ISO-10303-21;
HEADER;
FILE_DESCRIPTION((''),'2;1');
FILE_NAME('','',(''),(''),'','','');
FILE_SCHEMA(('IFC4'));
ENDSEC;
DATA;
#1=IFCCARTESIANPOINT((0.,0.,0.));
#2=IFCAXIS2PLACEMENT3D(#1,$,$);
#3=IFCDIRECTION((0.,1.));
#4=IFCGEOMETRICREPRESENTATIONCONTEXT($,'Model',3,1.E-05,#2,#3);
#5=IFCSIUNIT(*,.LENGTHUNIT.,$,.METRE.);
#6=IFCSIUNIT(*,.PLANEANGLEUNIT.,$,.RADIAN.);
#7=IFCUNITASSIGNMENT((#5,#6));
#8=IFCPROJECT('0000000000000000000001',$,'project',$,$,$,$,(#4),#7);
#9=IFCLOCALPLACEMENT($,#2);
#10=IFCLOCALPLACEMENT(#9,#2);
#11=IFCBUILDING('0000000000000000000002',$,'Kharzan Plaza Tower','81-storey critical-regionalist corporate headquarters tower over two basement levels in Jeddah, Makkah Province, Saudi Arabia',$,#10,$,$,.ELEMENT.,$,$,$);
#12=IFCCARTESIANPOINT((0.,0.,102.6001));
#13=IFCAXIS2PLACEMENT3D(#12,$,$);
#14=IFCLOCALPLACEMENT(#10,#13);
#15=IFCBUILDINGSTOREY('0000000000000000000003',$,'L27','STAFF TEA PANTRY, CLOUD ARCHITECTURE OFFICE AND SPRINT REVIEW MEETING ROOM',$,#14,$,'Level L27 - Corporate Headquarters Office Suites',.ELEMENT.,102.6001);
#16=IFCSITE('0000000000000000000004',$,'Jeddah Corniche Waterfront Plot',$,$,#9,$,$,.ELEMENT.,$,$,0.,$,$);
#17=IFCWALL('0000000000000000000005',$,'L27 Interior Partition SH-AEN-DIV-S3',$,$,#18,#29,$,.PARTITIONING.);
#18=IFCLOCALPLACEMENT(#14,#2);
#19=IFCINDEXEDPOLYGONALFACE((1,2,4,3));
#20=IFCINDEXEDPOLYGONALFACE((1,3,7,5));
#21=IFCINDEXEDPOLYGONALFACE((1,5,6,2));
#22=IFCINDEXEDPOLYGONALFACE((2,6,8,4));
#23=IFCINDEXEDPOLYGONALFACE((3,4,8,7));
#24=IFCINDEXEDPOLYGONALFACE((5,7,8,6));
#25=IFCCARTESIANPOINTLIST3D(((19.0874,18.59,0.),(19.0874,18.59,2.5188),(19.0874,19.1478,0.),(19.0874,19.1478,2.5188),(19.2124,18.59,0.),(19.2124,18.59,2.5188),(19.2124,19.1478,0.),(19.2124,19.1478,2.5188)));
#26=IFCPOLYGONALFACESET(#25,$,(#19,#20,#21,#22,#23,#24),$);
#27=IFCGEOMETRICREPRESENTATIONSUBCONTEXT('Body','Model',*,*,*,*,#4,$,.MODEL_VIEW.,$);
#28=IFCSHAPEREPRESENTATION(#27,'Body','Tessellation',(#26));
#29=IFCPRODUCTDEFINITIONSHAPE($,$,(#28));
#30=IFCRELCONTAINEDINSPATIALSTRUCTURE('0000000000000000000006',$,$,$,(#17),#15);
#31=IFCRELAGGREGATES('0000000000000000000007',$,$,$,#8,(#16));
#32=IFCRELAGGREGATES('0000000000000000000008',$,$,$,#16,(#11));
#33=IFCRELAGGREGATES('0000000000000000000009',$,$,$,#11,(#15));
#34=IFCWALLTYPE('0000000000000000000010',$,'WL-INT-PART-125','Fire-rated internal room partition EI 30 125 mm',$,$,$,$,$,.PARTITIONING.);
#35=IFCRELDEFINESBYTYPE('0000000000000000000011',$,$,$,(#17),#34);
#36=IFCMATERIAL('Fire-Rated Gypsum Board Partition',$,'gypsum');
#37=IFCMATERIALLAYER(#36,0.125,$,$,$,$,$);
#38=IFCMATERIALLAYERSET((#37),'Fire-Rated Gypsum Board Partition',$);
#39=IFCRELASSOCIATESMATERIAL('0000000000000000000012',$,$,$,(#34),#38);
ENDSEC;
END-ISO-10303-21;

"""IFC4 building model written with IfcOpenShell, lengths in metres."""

from ifc_helpers import new_model, si_unit, direction, frame, frame_2d, origin, place, context, subcontext, project, spatial, rectangle, extrude, source, transform, mapped, material, layer, layer_set, type_object, element, save


model = new_model("IFC4")

# Units and contexts
model_context = context("Model", 3, precision=1e-05, world=origin(), true_north=direction((0.0, 1.0)))
body_context = subcontext(model_context, "Body", "Model", "MODEL_VIEW")
ifc_project = project(units=[si_unit("LENGTHUNIT", "METRE"), si_unit("PLANEANGLEUNIT", "RADIAN")], contexts=[model_context])

# Site, building, storey
site_placement = place(None, origin())
site = spatial("IfcSite", under=ifc_project, at=site_placement, Name="Jeddah Corniche Waterfront Plot", CompositionType="ELEMENT", RefElevation=0.0)
building_placement = place(site_placement, origin())
building = spatial("IfcBuilding", under=site, at=building_placement, Name="Kharzan Plaza Tower", Description="81-storey critical-regionalist corporate headquarters tower over two basement levels in Jeddah, Makkah Province, Saudi Arabia", CompositionType="ELEMENT")
storey_placement = place(building_placement, frame((0.0, 0.0, 102.6001)))
storey = spatial("IfcBuildingStorey", under=building, at=storey_placement, Name="L27", Description="STAFF TEA PANTRY, CLOUD ARCHITECTURE OFFICE AND SPRINT REVIEW MEETING ROOM", LongName="Level L27 - Corporate Headquarters Office Suites", CompositionType="ELEMENT", Elevation=102.6001)

# Wall
ifc_material_1 = material(Name="Fire-Rated Gypsum Board Partition", Category="gypsum")
ifc_layer_1 = layer(ifc_material_1, 0.125)
ifc_layer_set_1 = layer_set([ifc_layer_1], Name="Fire-Rated Gypsum Board Partition")
wall_type_1 = type_object("IfcWallType", Name="WL-INT-PART-125", Description="Fire-rated internal room partition EI 30 125 mm", PredefinedType="PARTITIONING", material=ifc_layer_set_1)
shared_shape_1 = source(origin(), body_context, "Body", "SweptSolid", [
    extrude(rectangle(XDim=0.5579, YDim=0.125, at=frame_2d((0.2788, 0.0))), origin(), (0.0, 0.0, 1.0), 2.5188),
])
wall_1_placement = place(storey_placement, frame((19.1499, 18.5901, 0.0), z_axis=(0.0, 0.0, 1.0), x_axis=(0.0, 1.0, 0.0)))
element("IfcWall", 1, at=wall_1_placement, inside=storey, type_object=wall_type_1, Name="L27 Interior Partition SH-AEN-DIV-S3", PredefinedType="PARTITIONING", context=body_context, shape_type="MappedRepresentation", body=[
    mapped(shared_shape_1, transform((0.0, 0.0, 0.0), x_axis=(1.0, 0.0, 0.0), y_axis=(0.0, 1.0, 0.0), z_axis=(0.0, 0.0, 1.0))),
])

save(model, "model.ifc")
